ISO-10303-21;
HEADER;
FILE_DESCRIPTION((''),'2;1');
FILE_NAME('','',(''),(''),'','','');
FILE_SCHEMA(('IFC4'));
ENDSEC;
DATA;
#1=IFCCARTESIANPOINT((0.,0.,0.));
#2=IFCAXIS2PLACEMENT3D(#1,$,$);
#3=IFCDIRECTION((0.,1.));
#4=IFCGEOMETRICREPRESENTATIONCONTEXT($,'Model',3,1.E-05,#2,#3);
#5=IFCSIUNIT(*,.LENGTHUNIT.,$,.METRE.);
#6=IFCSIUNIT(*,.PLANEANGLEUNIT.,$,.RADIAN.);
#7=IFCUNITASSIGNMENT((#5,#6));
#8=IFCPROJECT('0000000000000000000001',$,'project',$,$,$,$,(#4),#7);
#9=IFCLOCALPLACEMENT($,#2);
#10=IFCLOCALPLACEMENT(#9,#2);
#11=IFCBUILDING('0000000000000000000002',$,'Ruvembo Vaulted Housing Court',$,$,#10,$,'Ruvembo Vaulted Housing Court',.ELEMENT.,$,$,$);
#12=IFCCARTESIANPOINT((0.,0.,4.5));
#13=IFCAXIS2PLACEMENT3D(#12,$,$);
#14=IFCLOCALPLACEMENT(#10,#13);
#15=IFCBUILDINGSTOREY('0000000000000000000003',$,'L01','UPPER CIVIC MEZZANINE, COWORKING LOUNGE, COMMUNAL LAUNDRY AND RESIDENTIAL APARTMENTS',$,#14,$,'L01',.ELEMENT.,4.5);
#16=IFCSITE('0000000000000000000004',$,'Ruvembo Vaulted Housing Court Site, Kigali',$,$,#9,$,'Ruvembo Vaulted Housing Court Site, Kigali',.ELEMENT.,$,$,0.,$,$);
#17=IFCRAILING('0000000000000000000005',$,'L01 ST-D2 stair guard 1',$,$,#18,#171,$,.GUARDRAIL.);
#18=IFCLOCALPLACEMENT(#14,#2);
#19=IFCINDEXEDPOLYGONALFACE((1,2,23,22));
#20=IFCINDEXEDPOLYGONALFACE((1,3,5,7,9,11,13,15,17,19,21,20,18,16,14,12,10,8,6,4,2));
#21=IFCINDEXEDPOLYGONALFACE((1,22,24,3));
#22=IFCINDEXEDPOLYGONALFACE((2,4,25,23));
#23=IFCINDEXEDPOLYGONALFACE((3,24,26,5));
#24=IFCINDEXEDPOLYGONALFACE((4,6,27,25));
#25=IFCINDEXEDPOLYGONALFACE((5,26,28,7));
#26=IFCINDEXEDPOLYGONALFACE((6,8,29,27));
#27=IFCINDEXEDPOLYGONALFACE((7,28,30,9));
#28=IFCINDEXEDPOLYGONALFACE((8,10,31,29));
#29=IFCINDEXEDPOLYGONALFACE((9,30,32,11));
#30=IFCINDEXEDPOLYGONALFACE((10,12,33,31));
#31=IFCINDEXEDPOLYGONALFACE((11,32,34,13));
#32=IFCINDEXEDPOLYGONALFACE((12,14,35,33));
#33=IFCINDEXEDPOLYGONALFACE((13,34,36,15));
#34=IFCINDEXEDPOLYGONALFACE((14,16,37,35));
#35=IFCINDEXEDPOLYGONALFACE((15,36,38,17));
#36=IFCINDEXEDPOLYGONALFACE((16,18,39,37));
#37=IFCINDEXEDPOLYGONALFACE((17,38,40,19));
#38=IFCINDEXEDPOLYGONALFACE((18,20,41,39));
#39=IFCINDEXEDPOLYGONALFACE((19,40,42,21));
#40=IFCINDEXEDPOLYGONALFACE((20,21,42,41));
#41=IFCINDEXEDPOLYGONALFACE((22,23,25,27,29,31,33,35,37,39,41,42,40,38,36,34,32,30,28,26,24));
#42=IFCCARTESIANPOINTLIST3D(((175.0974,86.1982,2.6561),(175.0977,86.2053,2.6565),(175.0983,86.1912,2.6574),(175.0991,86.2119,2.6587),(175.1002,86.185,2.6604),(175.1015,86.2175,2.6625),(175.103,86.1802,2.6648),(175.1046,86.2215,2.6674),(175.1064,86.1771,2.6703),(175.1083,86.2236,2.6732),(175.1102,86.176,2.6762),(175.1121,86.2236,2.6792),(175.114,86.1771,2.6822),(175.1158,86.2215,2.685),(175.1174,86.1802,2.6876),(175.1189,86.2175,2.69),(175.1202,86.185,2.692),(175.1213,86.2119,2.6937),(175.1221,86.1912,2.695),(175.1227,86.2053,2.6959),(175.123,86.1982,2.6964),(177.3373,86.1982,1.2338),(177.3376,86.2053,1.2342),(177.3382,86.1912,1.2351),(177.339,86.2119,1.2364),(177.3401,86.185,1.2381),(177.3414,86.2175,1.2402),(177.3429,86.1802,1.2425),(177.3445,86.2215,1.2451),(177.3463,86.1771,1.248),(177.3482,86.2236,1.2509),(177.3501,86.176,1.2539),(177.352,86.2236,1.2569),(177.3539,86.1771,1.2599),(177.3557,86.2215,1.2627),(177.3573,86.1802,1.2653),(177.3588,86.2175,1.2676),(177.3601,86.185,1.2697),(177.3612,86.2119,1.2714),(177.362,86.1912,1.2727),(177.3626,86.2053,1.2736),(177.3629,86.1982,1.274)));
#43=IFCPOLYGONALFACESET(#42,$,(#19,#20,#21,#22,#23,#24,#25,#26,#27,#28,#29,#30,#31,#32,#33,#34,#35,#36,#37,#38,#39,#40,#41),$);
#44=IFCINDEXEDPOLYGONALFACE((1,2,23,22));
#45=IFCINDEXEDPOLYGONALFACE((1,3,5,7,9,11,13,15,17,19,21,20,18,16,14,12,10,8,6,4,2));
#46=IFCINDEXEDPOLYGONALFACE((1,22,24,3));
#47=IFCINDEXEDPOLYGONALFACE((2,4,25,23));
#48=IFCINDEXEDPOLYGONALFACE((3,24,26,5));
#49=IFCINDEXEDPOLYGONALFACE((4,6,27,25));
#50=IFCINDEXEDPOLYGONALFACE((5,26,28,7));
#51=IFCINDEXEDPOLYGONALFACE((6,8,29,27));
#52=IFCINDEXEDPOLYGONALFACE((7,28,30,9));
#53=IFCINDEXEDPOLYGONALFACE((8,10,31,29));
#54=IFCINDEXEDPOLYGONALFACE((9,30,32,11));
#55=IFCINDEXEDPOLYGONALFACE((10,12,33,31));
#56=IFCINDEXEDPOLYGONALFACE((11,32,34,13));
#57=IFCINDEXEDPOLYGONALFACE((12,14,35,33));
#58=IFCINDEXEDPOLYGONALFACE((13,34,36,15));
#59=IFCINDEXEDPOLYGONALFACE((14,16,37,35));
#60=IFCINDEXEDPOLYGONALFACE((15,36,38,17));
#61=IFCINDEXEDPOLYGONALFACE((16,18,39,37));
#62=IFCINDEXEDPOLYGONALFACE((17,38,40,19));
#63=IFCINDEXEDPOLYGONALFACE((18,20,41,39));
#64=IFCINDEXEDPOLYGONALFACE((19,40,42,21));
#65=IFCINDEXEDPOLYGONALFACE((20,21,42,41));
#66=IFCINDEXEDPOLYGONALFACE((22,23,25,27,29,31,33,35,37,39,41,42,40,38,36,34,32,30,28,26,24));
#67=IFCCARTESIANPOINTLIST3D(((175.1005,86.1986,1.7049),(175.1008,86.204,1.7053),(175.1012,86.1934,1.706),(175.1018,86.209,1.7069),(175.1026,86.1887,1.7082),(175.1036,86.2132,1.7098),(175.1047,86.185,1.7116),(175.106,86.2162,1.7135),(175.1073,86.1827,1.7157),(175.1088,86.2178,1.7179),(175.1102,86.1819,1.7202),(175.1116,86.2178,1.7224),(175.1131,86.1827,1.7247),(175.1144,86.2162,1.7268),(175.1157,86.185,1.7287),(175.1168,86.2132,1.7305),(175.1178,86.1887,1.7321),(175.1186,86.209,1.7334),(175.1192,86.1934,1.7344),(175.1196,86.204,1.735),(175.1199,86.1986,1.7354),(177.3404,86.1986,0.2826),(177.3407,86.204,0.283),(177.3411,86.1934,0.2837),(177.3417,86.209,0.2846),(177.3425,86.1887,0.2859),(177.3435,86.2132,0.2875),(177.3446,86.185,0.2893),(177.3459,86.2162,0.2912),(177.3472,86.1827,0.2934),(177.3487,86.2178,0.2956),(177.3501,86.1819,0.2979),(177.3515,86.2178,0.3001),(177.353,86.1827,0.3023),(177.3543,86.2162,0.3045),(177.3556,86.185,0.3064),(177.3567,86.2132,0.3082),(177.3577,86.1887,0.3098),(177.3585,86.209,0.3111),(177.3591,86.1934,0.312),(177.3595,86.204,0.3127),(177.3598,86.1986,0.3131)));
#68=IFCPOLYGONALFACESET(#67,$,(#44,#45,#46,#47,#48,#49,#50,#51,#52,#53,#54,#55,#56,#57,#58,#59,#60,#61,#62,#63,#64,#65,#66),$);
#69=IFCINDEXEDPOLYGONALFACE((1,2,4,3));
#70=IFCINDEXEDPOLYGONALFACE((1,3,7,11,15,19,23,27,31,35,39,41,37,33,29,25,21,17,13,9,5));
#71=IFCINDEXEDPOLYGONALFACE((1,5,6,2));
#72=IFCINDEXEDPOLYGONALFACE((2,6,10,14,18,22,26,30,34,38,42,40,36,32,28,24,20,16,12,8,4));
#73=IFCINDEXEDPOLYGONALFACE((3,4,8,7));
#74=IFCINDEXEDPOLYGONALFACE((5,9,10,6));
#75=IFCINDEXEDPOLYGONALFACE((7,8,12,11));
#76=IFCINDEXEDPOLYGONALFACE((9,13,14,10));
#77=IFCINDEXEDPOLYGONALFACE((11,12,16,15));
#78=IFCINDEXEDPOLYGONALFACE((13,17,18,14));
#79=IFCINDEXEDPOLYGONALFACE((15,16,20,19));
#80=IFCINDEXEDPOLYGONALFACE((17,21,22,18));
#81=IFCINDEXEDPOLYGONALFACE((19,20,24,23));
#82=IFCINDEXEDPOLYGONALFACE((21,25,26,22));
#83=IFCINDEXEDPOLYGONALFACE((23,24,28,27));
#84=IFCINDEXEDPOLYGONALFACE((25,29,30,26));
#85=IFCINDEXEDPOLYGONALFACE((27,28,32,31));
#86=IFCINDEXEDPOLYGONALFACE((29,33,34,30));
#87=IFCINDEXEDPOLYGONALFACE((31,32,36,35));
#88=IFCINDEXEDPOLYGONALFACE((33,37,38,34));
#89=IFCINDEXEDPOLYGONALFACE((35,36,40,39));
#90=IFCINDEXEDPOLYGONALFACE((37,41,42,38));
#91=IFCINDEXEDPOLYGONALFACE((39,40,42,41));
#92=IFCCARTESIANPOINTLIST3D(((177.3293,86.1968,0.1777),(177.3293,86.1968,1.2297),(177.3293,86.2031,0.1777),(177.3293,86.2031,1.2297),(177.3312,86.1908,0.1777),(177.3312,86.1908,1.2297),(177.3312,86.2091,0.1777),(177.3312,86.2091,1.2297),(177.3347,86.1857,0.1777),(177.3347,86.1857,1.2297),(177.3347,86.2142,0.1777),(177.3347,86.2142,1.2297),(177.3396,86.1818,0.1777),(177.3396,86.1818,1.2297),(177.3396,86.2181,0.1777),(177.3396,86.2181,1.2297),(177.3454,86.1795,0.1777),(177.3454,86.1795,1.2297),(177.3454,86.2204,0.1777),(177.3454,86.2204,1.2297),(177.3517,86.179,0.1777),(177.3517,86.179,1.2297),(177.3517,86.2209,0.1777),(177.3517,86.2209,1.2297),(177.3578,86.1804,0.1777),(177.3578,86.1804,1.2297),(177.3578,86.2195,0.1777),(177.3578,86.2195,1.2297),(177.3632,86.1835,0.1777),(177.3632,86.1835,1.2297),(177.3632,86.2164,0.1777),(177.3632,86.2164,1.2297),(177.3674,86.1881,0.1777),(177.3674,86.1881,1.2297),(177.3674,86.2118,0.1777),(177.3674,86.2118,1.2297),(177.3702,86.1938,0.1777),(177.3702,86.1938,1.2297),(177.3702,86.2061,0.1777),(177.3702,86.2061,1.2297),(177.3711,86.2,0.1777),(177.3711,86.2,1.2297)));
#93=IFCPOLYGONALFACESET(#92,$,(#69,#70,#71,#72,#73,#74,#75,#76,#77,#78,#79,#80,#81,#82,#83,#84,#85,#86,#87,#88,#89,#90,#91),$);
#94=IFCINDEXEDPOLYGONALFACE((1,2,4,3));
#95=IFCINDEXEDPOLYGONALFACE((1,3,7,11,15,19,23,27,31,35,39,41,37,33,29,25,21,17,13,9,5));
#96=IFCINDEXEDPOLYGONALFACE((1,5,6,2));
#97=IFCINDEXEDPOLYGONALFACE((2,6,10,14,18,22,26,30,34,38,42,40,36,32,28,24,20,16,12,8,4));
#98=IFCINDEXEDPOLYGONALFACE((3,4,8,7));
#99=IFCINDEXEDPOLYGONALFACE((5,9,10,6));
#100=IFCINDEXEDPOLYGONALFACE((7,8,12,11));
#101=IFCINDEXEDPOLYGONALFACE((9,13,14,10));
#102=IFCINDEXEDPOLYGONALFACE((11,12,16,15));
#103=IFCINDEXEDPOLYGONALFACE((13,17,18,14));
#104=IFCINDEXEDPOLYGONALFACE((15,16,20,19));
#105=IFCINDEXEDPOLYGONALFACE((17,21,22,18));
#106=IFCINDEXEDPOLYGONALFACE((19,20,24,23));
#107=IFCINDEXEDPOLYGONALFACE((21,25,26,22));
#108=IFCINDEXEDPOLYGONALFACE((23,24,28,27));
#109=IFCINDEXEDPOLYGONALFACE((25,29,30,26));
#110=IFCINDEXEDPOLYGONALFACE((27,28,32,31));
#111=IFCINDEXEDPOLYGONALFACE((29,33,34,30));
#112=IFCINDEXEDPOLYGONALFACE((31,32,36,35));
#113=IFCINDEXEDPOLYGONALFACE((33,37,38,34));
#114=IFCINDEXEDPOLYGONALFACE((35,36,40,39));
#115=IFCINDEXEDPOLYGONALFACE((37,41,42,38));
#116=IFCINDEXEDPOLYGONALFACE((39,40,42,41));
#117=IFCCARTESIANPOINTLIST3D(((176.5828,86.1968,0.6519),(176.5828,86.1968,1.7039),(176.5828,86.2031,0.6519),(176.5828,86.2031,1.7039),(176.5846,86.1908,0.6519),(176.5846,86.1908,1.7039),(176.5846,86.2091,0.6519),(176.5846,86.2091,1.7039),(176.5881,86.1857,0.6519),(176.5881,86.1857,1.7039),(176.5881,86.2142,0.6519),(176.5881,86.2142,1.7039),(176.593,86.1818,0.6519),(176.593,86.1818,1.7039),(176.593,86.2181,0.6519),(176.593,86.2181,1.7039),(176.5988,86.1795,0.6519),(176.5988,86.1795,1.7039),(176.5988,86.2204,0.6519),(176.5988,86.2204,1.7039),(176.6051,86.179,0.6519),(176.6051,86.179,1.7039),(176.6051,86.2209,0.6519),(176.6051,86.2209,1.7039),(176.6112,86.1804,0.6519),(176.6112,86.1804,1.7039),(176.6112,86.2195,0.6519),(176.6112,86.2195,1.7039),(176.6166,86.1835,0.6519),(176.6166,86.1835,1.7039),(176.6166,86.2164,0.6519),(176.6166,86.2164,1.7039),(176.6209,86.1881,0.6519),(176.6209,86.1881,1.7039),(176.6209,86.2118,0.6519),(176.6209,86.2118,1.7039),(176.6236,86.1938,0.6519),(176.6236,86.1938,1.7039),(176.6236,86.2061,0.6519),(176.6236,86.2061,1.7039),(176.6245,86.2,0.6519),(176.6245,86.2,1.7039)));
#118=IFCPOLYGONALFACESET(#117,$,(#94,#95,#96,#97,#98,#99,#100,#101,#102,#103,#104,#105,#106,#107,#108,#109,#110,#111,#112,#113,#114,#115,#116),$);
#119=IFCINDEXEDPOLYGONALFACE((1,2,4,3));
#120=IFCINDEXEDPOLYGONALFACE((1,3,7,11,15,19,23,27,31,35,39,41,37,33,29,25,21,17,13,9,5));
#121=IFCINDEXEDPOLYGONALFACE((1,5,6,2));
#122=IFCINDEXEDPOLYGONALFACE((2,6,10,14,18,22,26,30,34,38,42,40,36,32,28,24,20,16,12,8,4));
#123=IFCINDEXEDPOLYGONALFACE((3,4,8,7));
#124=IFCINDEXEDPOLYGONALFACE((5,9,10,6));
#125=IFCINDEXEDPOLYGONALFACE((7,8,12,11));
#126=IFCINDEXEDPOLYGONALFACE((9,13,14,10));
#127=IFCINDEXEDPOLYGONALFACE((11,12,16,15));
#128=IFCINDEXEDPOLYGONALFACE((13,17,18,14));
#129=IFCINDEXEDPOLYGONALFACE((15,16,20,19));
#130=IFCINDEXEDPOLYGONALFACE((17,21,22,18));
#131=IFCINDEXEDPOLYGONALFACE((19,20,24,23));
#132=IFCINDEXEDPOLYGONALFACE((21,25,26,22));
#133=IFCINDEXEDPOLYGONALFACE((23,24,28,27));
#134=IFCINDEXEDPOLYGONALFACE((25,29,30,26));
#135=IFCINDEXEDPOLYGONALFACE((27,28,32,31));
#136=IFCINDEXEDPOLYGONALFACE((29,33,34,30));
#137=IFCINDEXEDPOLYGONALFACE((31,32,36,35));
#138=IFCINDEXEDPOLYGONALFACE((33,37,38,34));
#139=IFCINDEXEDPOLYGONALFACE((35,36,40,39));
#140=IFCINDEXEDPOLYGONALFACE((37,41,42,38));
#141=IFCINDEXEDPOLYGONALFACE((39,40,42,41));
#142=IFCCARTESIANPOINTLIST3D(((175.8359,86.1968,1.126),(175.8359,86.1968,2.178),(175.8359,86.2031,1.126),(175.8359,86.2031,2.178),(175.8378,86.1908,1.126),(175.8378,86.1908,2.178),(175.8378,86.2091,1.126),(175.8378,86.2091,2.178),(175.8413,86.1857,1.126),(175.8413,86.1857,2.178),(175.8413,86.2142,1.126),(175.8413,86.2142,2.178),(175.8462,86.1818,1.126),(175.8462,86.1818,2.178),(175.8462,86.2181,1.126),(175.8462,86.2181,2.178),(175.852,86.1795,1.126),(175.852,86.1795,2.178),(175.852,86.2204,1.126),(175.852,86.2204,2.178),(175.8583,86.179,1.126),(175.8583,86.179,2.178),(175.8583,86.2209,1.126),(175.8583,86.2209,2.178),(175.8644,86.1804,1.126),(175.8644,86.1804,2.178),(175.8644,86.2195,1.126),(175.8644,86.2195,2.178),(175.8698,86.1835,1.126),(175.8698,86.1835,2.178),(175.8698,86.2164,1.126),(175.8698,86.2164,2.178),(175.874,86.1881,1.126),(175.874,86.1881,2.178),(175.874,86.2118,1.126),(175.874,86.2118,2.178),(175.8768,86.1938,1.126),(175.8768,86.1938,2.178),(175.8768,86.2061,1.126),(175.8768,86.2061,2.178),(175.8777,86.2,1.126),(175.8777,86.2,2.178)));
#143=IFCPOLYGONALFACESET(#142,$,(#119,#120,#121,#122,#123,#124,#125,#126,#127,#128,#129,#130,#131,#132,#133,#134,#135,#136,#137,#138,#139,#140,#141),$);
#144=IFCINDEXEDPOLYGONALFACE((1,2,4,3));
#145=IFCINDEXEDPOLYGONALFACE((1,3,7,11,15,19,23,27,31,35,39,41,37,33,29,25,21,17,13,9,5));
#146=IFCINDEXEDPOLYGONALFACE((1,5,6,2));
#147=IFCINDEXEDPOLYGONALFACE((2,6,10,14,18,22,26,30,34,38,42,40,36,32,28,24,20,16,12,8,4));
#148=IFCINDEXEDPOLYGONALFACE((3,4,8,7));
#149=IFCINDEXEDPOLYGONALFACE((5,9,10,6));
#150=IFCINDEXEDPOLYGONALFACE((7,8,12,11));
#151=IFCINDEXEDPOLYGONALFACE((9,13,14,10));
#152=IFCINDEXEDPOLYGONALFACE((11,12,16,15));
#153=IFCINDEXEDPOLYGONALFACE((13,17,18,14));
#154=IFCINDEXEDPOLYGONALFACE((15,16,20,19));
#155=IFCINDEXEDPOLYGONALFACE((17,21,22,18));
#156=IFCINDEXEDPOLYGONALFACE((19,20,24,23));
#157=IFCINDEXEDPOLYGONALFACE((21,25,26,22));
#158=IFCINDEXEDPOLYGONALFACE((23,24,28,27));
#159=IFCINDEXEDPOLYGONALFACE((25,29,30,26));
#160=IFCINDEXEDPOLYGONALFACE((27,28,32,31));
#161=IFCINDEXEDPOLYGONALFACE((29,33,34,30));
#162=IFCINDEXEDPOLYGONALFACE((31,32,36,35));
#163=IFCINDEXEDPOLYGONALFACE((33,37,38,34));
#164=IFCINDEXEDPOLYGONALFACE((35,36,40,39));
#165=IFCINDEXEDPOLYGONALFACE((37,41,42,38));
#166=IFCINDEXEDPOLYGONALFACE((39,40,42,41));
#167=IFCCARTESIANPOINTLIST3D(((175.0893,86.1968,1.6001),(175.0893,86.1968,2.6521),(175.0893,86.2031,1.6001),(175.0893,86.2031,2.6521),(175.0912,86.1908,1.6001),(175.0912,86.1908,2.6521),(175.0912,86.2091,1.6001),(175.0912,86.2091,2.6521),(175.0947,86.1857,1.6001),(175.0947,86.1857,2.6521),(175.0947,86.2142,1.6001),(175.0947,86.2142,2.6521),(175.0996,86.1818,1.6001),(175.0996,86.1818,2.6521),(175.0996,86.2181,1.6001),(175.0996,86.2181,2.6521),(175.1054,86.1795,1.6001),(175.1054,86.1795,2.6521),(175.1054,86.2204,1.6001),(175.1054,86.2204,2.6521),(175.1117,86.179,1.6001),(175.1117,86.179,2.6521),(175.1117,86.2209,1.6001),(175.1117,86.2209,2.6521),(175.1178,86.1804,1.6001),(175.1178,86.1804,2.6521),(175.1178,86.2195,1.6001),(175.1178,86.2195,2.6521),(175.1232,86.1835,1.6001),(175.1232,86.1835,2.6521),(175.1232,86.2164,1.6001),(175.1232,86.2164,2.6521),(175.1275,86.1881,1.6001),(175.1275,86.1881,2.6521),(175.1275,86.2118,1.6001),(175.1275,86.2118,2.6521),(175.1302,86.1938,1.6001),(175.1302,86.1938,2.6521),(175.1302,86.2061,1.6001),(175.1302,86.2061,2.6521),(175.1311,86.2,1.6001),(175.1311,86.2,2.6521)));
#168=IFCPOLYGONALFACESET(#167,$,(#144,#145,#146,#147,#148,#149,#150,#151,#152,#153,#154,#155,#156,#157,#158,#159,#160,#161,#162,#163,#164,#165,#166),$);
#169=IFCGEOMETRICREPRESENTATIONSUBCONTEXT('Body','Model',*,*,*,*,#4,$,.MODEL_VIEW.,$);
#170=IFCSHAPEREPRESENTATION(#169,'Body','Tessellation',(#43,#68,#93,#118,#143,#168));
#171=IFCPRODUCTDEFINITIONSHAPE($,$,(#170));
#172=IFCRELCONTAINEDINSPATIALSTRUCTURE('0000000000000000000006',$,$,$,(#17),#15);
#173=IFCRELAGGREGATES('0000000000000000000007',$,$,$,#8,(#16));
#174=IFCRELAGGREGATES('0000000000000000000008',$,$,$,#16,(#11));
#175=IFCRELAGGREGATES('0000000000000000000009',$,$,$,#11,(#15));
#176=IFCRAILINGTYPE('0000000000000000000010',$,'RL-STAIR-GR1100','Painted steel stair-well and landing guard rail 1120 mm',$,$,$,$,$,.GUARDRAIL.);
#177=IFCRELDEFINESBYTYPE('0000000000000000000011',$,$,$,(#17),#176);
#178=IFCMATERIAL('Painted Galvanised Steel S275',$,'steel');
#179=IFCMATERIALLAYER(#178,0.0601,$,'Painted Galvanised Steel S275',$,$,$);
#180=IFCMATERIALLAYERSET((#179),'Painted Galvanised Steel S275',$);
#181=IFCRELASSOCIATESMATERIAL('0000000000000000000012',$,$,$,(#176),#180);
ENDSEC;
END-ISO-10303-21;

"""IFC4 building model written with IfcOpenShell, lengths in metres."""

from ifc_helpers import new_model, si_unit, direction, frame, origin, origin_2d, place, context, subcontext, project, spatial, circle, extrude, material, layer, layer_set, type_object, element, save


model = new_model("IFC4")

# Units and contexts
model_context = context("Model", 3, precision=1e-05, world=origin(), true_north=direction((0.0, 1.0)))
body_context = subcontext(model_context, "Body", "Model", "MODEL_VIEW")
ifc_project = project(units=[si_unit("LENGTHUNIT", "METRE"), si_unit("PLANEANGLEUNIT", "RADIAN")], contexts=[model_context])

# Site, building, storey
site_placement = place(None, origin())
site = spatial("IfcSite", under=ifc_project, at=site_placement, Name="Ruvembo Vaulted Housing Court Site, Kigali", LongName="Ruvembo Vaulted Housing Court Site, Kigali", CompositionType="ELEMENT", RefElevation=0.0)
building_placement = place(site_placement, origin())
building = spatial("IfcBuilding", under=site, at=building_placement, Name="Ruvembo Vaulted Housing Court", LongName="Ruvembo Vaulted Housing Court", CompositionType="ELEMENT")
storey_placement = place(building_placement, frame((0.0, 0.0, 4.5)))
storey = spatial("IfcBuildingStorey", under=building, at=storey_placement, Name="L01", Description="UPPER CIVIC MEZZANINE, COWORKING LOUNGE, COMMUNAL LAUNDRY AND RESIDENTIAL APARTMENTS", LongName="L01", CompositionType="ELEMENT", Elevation=4.5)

# Railing
ifc_material_1 = material(Name="Painted Galvanised Steel S275", Category="steel")
ifc_layer_1 = layer(ifc_material_1, 0.0601, Name="Painted Galvanised Steel S275")
ifc_layer_set_1 = layer_set([ifc_layer_1], Name="Painted Galvanised Steel S275")
railing_type = type_object("IfcRailingType", Name="RL-STAIR-GR1100", Description="Painted steel stair-well and landing guard rail 1120 mm", PredefinedType="GUARDRAIL", material=ifc_layer_set_1)
railing_1_placement = place(storey_placement, frame((177.3501, 86.2, 0.1777)))
element("IfcRailing", 1, at=railing_1_placement, inside=storey, type_object=railing_type, Name="L01 ST-D2 stair guard 1", PredefinedType="GUARDRAIL", context=body_context, shape_type="SweptSolid", body=[
    extrude(circle(Radius=0.0239, at=origin_2d()), frame((0.0, 0.0, 1.0762), z_axis=(-0.844188, 0.0, 0.536048), x_axis=(0.0, -1.0, 0.0)), (0.0, 0.0, 1.0), 2.6533),
    extrude(circle(Radius=0.0181, at=origin_2d()), frame((0.0, 0.0, 0.1201), z_axis=(-0.844188, 0.0, 0.536048), x_axis=(0.0, -1.0, 0.0)), (0.0, 0.0, 1.0), 2.6533),
    extrude(circle(Radius=0.021, at=origin_2d()), origin(), (0.0, 0.0, 1.0), 1.052),
    extrude(circle(Radius=0.021, at=origin_2d()), frame((-0.7466, 0.0, 0.4741)), (0.0, 0.0, 1.0), 1.052),
    extrude(circle(Radius=0.021, at=origin_2d()), frame((-1.4934, 0.0, 0.9482)), (0.0, 0.0, 1.0), 1.052),
    extrude(circle(Radius=0.021, at=origin_2d()), frame((-2.24, 0.0, 1.4224)), (0.0, 0.0, 1.0), 1.052),
])

save(model, "model.ifc")
